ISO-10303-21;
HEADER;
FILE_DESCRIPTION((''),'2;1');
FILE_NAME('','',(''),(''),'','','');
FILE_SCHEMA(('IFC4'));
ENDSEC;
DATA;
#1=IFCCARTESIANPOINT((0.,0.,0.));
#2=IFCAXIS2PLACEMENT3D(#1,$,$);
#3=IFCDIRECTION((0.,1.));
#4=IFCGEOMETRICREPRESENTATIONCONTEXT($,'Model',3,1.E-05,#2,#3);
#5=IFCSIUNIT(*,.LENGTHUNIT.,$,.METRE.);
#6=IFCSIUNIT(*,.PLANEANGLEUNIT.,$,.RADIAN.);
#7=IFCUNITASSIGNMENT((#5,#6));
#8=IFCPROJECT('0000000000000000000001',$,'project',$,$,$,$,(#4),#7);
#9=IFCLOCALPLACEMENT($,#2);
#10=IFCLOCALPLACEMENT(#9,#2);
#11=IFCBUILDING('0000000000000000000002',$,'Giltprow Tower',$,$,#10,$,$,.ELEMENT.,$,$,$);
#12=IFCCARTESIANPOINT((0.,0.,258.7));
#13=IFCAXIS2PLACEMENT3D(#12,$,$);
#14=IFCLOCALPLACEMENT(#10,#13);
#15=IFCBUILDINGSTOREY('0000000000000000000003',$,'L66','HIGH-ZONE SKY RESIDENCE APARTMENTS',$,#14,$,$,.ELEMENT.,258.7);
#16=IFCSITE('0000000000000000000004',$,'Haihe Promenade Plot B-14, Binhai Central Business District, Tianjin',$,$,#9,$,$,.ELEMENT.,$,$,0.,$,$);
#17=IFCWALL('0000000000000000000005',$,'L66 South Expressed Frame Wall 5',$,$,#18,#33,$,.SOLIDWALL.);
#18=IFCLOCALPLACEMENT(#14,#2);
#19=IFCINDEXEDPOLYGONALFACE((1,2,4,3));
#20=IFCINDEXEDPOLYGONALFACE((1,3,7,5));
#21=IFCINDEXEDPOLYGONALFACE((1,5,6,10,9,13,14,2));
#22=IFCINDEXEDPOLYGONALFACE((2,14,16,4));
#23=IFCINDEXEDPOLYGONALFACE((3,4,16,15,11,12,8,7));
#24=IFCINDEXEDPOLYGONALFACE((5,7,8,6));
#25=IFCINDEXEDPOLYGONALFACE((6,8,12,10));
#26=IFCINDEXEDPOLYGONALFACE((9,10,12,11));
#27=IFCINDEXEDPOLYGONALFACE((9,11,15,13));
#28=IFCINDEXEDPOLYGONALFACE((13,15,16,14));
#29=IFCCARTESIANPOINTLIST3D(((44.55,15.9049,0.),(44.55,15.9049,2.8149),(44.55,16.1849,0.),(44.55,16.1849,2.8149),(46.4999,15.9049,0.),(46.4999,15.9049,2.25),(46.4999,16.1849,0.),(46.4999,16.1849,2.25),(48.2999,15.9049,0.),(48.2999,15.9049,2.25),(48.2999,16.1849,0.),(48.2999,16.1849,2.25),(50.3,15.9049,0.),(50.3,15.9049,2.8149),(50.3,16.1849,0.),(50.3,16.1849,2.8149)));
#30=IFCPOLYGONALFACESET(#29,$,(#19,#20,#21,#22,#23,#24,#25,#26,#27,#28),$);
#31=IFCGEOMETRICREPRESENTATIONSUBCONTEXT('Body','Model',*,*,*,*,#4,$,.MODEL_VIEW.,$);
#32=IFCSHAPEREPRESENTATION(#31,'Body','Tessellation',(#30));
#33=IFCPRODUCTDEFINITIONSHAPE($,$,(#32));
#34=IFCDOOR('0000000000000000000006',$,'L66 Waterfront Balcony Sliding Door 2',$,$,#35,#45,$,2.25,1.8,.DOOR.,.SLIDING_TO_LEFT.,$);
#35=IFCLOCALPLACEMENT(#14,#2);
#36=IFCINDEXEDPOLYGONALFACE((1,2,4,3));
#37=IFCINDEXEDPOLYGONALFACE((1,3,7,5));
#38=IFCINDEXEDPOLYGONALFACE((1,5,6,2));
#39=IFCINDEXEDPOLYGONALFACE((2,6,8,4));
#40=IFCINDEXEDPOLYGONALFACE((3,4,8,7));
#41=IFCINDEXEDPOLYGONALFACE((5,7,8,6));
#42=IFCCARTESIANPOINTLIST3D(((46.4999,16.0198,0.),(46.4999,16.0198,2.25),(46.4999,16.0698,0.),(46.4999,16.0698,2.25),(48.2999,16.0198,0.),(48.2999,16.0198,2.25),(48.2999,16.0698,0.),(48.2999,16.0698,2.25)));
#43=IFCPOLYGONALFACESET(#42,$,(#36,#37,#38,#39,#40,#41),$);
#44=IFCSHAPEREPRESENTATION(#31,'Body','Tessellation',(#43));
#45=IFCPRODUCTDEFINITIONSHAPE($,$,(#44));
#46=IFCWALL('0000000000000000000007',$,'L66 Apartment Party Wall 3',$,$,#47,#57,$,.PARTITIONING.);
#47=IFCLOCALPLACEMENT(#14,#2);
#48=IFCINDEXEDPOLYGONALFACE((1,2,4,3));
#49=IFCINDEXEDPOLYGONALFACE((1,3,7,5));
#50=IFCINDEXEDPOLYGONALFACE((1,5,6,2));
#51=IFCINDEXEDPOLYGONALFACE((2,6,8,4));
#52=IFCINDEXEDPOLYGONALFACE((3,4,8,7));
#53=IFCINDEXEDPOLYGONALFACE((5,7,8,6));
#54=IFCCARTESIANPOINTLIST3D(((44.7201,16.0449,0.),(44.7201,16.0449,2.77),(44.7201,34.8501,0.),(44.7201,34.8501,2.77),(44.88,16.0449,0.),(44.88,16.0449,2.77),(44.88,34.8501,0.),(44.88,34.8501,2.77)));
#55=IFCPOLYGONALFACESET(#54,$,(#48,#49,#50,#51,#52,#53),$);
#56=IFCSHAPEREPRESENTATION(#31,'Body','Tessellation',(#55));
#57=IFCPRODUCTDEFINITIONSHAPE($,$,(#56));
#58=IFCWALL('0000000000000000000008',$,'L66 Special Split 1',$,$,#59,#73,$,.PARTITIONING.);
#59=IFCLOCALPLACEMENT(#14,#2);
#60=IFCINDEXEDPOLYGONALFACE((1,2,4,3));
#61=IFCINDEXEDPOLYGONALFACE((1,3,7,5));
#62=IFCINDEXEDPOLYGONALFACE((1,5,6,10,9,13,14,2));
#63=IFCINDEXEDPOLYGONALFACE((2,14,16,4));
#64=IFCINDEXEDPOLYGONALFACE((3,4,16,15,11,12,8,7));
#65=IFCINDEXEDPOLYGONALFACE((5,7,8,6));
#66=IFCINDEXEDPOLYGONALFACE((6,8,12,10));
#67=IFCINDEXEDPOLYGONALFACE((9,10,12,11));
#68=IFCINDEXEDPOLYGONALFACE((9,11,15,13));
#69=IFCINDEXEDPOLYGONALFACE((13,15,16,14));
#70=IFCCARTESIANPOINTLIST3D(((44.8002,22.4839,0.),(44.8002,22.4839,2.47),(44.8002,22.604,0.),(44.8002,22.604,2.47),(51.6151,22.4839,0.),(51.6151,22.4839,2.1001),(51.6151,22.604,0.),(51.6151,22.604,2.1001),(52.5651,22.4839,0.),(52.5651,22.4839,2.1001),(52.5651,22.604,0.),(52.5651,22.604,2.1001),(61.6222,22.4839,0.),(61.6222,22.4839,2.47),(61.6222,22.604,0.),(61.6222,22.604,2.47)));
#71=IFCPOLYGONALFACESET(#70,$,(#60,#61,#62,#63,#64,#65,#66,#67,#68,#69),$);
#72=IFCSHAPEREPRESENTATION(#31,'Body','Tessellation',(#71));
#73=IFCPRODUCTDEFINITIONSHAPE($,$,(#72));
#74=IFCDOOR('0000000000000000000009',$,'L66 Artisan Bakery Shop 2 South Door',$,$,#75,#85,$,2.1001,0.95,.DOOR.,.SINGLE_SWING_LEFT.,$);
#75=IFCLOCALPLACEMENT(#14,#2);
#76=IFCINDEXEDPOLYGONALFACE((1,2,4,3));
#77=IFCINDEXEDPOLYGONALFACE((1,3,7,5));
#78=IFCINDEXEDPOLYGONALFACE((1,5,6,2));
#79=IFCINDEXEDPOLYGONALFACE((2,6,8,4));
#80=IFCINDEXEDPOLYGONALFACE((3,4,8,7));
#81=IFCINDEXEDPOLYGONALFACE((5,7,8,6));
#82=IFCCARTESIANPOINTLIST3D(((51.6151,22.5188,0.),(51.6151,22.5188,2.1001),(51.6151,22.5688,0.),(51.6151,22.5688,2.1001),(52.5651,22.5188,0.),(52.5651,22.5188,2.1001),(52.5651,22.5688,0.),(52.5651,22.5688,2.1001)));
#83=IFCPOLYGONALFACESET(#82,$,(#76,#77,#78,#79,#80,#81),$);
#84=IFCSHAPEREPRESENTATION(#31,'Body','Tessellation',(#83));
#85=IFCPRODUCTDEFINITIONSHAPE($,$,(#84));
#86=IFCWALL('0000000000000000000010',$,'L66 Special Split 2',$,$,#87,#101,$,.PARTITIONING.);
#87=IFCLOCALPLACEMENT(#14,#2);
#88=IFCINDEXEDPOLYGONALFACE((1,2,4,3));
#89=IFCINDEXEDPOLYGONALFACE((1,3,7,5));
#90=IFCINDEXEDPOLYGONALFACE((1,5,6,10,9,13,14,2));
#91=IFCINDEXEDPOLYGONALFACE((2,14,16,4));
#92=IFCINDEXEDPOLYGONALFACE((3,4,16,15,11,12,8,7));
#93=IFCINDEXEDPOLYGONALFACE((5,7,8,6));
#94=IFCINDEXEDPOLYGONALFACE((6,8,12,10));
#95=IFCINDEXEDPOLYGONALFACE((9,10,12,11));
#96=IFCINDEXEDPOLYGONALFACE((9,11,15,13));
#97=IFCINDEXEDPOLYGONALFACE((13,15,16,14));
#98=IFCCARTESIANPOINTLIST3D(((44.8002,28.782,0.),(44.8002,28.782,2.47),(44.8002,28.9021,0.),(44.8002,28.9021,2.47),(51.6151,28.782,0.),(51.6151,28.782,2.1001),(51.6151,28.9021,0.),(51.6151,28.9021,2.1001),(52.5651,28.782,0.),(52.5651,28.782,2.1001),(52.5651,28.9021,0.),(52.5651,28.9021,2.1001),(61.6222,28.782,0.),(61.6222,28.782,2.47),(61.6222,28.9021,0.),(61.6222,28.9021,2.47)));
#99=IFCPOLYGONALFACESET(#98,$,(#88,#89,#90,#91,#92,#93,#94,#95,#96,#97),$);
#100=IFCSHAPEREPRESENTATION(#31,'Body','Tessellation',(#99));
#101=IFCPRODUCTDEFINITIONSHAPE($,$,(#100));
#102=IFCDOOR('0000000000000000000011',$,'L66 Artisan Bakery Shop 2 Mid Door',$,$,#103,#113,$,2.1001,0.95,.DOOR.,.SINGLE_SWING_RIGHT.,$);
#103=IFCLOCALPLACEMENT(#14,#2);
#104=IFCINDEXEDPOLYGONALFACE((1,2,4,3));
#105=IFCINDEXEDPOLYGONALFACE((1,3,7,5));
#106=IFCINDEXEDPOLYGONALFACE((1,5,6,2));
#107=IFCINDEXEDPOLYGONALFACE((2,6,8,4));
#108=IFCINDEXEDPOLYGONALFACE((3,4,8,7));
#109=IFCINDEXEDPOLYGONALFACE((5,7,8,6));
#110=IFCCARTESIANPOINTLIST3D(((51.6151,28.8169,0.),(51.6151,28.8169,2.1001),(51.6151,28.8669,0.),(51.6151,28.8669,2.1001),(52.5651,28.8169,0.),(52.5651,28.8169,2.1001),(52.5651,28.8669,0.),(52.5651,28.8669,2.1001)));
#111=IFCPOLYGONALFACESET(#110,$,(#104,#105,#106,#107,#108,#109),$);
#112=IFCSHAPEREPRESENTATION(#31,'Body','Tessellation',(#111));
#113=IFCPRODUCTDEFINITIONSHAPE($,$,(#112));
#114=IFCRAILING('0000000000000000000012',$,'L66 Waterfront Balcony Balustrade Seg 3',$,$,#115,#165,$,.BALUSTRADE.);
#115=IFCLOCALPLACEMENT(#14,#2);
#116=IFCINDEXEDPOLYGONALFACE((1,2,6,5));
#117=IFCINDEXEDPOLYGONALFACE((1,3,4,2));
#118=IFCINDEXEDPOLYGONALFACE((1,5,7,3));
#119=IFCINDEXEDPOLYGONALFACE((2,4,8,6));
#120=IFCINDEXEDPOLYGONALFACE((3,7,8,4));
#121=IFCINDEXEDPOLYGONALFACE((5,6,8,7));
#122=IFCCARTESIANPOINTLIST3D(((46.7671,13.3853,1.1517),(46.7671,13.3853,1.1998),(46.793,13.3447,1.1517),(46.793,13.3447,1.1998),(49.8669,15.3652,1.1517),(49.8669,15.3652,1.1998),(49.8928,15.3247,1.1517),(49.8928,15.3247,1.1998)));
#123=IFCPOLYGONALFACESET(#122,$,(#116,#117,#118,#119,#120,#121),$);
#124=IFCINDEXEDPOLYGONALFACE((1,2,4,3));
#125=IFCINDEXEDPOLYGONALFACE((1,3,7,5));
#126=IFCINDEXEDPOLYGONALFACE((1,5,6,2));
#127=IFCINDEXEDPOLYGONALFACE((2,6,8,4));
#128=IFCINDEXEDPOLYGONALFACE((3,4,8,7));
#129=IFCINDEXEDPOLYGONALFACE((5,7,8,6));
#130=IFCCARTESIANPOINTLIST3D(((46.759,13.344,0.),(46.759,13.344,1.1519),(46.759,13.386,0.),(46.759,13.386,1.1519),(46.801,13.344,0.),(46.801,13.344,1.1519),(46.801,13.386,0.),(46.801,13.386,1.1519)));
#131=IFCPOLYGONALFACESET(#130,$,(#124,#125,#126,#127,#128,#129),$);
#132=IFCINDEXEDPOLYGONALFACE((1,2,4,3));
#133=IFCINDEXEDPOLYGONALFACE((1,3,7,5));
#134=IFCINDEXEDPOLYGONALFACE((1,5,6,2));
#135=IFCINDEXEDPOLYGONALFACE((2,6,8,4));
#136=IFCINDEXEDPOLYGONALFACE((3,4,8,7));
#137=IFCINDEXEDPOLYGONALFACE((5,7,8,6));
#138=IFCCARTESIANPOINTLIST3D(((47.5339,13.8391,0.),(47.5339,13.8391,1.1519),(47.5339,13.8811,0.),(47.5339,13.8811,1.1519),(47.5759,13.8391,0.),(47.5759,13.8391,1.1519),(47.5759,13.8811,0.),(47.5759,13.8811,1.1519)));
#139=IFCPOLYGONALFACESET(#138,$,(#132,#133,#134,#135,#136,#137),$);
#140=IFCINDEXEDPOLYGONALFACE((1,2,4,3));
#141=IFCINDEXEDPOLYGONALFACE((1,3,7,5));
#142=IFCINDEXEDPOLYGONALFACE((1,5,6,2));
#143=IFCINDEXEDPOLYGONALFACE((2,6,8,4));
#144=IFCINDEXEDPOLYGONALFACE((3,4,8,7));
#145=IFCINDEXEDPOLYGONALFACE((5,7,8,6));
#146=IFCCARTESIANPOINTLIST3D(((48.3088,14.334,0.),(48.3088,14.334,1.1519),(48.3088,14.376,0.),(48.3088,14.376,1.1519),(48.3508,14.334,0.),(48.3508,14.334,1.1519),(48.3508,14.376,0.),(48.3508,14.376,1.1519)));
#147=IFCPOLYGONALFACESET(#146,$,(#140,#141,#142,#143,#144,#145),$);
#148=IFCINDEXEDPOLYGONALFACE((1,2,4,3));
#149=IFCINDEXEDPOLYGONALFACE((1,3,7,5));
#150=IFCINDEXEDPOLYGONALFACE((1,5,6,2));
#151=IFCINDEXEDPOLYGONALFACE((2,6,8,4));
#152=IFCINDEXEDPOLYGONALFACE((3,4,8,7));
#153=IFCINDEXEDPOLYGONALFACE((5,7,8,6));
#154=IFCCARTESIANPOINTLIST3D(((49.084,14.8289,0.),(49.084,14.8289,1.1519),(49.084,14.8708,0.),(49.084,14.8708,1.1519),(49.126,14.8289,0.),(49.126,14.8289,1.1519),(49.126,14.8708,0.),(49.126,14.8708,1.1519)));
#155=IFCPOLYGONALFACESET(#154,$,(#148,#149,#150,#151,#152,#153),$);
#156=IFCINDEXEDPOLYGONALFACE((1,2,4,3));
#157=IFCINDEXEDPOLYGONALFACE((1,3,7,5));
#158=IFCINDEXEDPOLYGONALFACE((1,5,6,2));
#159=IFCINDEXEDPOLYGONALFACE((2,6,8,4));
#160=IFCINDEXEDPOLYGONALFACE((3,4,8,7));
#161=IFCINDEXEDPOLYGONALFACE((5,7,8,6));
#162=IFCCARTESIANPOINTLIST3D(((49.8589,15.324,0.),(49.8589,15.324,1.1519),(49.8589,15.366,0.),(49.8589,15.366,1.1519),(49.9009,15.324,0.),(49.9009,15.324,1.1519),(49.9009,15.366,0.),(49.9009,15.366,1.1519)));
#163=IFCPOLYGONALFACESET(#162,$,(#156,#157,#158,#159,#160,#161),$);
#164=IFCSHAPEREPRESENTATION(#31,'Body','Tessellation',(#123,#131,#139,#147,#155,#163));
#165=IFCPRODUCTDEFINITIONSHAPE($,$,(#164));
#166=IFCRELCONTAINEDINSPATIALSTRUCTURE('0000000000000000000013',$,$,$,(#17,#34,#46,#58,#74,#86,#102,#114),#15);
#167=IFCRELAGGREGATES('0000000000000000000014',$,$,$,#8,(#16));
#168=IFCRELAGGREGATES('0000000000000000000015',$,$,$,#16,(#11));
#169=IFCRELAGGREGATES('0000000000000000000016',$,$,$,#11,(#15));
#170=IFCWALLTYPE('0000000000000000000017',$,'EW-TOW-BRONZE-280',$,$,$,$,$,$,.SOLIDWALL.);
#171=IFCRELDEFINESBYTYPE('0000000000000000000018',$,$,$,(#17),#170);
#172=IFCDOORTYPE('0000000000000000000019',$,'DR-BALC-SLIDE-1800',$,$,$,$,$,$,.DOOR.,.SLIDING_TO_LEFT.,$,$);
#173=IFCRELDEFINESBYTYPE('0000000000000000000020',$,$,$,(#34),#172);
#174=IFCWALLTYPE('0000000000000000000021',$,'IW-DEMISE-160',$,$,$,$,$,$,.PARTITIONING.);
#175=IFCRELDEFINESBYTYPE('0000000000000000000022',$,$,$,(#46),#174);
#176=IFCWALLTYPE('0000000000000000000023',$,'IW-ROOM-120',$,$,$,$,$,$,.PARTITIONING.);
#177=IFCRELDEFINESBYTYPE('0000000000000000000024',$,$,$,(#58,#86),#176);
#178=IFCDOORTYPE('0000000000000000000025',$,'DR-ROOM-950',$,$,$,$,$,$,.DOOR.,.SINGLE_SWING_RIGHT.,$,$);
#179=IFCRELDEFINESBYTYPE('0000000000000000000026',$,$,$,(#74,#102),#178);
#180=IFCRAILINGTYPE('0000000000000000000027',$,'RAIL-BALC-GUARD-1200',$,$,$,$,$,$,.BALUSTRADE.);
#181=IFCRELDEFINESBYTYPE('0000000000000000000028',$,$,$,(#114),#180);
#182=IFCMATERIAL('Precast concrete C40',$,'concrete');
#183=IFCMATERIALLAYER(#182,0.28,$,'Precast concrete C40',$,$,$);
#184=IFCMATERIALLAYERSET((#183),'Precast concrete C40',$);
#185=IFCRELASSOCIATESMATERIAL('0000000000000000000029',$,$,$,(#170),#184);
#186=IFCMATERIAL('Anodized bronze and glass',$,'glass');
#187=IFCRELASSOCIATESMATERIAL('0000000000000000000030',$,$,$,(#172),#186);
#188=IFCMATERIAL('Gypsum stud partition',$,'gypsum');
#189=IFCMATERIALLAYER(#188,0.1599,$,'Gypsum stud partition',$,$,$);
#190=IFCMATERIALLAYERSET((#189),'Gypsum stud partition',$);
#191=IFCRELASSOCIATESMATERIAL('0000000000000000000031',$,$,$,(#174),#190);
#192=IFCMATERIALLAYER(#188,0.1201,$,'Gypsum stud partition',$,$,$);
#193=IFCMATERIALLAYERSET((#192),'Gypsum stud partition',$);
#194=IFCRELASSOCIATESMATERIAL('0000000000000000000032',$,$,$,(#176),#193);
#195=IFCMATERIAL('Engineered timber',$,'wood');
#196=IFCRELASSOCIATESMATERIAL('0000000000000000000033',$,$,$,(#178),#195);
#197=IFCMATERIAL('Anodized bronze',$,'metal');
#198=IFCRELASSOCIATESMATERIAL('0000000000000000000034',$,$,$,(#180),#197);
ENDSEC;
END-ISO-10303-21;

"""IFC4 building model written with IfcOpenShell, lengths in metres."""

from ifc_helpers import new_model, si_unit, direction, frame, frame_2d, origin, origin_2d, place, context, subcontext, project, spatial, rectangle, extrude, source, transform, mapped, material, layer, layer_set, type_object, element, fill, save


model = new_model("IFC4")

# Units and contexts
model_context = context("Model", 3, precision=1e-05, world=origin(), true_north=direction((0.0, 1.0)))
body_context = subcontext(model_context, "Body", "Model", "MODEL_VIEW")
ifc_project = project(units=[si_unit("LENGTHUNIT", "METRE"), si_unit("PLANEANGLEUNIT", "RADIAN")], contexts=[model_context])

# Site, building, storey
site_placement = place(None, origin())
site = spatial("IfcSite", under=ifc_project, at=site_placement, Name="Haihe Promenade Plot B-14, Binhai Central Business District, Tianjin", CompositionType="ELEMENT", RefElevation=0.0)
building_placement = place(site_placement, origin())
building = spatial("IfcBuilding", under=site, at=building_placement, Name="Giltprow Tower", CompositionType="ELEMENT")
storey_placement = place(building_placement, frame((0.0, 0.0, 258.7)))
storey = spatial("IfcBuildingStorey", under=building, at=storey_placement, Name="L66", Description="HIGH-ZONE SKY RESIDENCE APARTMENTS", CompositionType="ELEMENT", Elevation=258.7)

# Shared definitions
ifc_material_1 = material(Name="Anodized bronze", Category="metal")

# Wall, opening, door
ifc_material_2 = material(Name="Precast concrete C40", Category="concrete")
ifc_layer_1 = layer(ifc_material_2, 0.28, Name="Precast concrete C40")
ifc_layer_set_1 = layer_set([ifc_layer_1], Name="Precast concrete C40")
wall_type_1 = type_object("IfcWallType", Name="EW-TOW-BRONZE-280", PredefinedType="SOLIDWALL", material=ifc_layer_set_1)
wall_1_placement = place(storey_placement, frame((44.55, 16.0449, 0.0), z_axis=(0.0, 0.0, 1.0), x_axis=(1.0, 0.0, 0.0)))
wall_1 = element("IfcWall", 1, at=wall_1_placement, inside=storey, type_object=wall_type_1, Name="L66 South Expressed Frame Wall 5", PredefinedType="SOLIDWALL", context=body_context, shape_type="SweptSolid", body=[
    extrude(rectangle(XDim=5.75, YDim=0.28, at=frame_2d((2.875, 0.0))), origin(), (0.0, 0.0, 1.0), 2.8149),
])
opening_1_placement = place(wall_1_placement, frame((1.95, 0.0, 0.0)))
opening_1 = element("IfcOpeningElement", 2, at=opening_1_placement, cuts=wall_1, PredefinedType="OPENING", context=body_context, shape_type="SweptSolid", body=[
    extrude(rectangle(XDim=1.8, YDim=2.25, at=frame_2d((0.8999, 1.125))), frame((0.0, 0.1499, 0.0), z_axis=(0.0, -1.0, 0.0), x_axis=(1.0, 0.0, 0.0)), (0.0, 0.0, 1.0), 0.3),
])
ifc_material_3 = material(Name="Anodized bronze and glass", Category="glass")
door_type_1 = type_object("IfcDoorType", Name="DR-BALC-SLIDE-1800", OperationType="SLIDING_TO_LEFT", PredefinedType="DOOR", material=ifc_material_3)
shared_shape_1 = source(origin(), body_context, "Body", "SweptSolid", [
    extrude(rectangle(XDim=1.8, YDim=2.25, at=frame_2d((0.8999, 1.125))), frame((0.0, 0.0249, 0.0), z_axis=(0.0, -1.0, 0.0), x_axis=(1.0, 0.0, 0.0)), (0.0, 0.0, 1.0), 0.05),
])
door_1_placement = place(opening_1_placement, origin())
door_1 = element("IfcDoor", 3, at=door_1_placement, inside=storey, type_object=door_type_1, Name="L66 Waterfront Balcony Sliding Door 2", OperationType="SLIDING_TO_LEFT", OverallHeight=2.25, OverallWidth=1.8, PredefinedType="DOOR", context=body_context, shape_type="MappedRepresentation", body=[
    mapped(shared_shape_1, transform((0.0, 0.0, 0.0), x_axis=(1.0, 0.0, 0.0), y_axis=(0.0, 1.0, 0.0), z_axis=(0.0, 0.0, 1.0), scale=1.0)),
])
fill(opening_1, door_1)

# Wall
ifc_material_4 = material(Name="Gypsum stud partition", Category="gypsum")
ifc_layer_2 = layer(ifc_material_4, 0.1599, Name="Gypsum stud partition")
ifc_layer_set_2 = layer_set([ifc_layer_2], Name="Gypsum stud partition")
wall_type_2 = type_object("IfcWallType", Name="IW-DEMISE-160", PredefinedType="PARTITIONING", material=ifc_layer_set_2)
wall_2_placement = place(storey_placement, frame((44.8, 16.0449, 0.0), z_axis=(0.0, 0.0, 1.0), x_axis=(0.0, 1.0, 0.0)))
element("IfcWall", 4, at=wall_2_placement, inside=storey, type_object=wall_type_2, Name="L66 Apartment Party Wall 3", PredefinedType="PARTITIONING", context=body_context, shape_type="SweptSolid", body=[
    extrude(rectangle(XDim=18.8052, YDim=0.1599, at=frame_2d((9.4026, 0.0))), origin(), (0.0, 0.0, 1.0), 2.77),
])

# Walls, openings, doors
ifc_layer_3 = layer(ifc_material_4, 0.1201, Name="Gypsum stud partition")
ifc_layer_set_3 = layer_set([ifc_layer_3], Name="Gypsum stud partition")
wall_type_3 = type_object("IfcWallType", Name="IW-ROOM-120", PredefinedType="PARTITIONING", material=ifc_layer_set_3)
wall_3_placement = place(storey_placement, frame((44.8, 22.5439, 0.0), z_axis=(0.0, 0.0, 1.0), x_axis=(1.0, 0.0, 0.0)))
wall_3 = element("IfcWall", 5, at=wall_3_placement, inside=storey, type_object=wall_type_3, Name="L66 Special Split 1", PredefinedType="PARTITIONING", context=body_context, shape_type="SweptSolid", body=[
    extrude(rectangle(XDim=16.822, YDim=0.1201, at=frame_2d((8.4111, 0.0))), origin(), (0.0, 0.0, 1.0), 2.47),
])
opening_2_placement = place(wall_3_placement, frame((6.8149, 0.0, 0.0)))
opening_2 = element("IfcOpeningElement", 6, at=opening_2_placement, cuts=wall_3, PredefinedType="OPENING", context=body_context, shape_type="SweptSolid", body=[
    extrude(rectangle(XDim=0.95, YDim=2.1001, at=frame_2d((0.4751, 1.05))), frame((0.0, 0.0701, 0.0), z_axis=(0.0, -1.0, 0.0), x_axis=(1.0, 0.0, 0.0)), (0.0, 0.0, 1.0), 0.1401),
])
ifc_material_5 = material(Name="Engineered timber", Category="wood")
door_type_2 = type_object("IfcDoorType", Name="DR-ROOM-950", OperationType="SINGLE_SWING_RIGHT", PredefinedType="DOOR", material=ifc_material_5)
shared_shape_2 = source(origin(), body_context, "Body", "SweptSolid", [
    extrude(rectangle(XDim=0.95, YDim=2.1001, at=frame_2d((0.4751, 1.05))), frame((0.0, 0.0249, 0.0), z_axis=(0.0, -1.0, 0.0), x_axis=(1.0, 0.0, 0.0)), (0.0, 0.0, 1.0), 0.05),
])
door_2_placement = place(opening_2_placement, origin())
door_2 = element("IfcDoor", 7, at=door_2_placement, inside=storey, type_object=door_type_2, Name="L66 Artisan Bakery Shop 2 South Door", OperationType="SINGLE_SWING_LEFT", OverallHeight=2.1001, OverallWidth=0.95, PredefinedType="DOOR", context=body_context, shape_type="MappedRepresentation", body=[
    mapped(shared_shape_2, transform((0.0, 0.0, 0.0), x_axis=(1.0, 0.0, 0.0), y_axis=(0.0, 1.0, 0.0), z_axis=(0.0, 0.0, 1.0), scale=1.0)),
])
fill(opening_2, door_2)
wall_4_placement = place(storey_placement, frame((44.8, 28.842, 0.0), z_axis=(0.0, 0.0, 1.0), x_axis=(1.0, 0.0, 0.0)))
wall_4 = element("IfcWall", 8, at=wall_4_placement, inside=storey, type_object=wall_type_3, Name="L66 Special Split 2", PredefinedType="PARTITIONING", context=body_context, shape_type="SweptSolid", body=[
    extrude(rectangle(XDim=16.822, YDim=0.1201, at=frame_2d((8.4111, 0.0))), origin(), (0.0, 0.0, 1.0), 2.47),
])
opening_3_placement = place(wall_4_placement, frame((6.8149, 0.0, 0.0)))
opening_3 = element("IfcOpeningElement", 9, at=opening_3_placement, cuts=wall_4, PredefinedType="OPENING", context=body_context, shape_type="SweptSolid", body=[
    extrude(rectangle(XDim=0.95, YDim=2.1001, at=frame_2d((0.4751, 1.05))), frame((0.0, 0.0701, 0.0), z_axis=(0.0, -1.0, 0.0), x_axis=(1.0, 0.0, 0.0)), (0.0, 0.0, 1.0), 0.1401),
])
door_3_placement = place(opening_3_placement, origin())
door_3 = element("IfcDoor", 10, at=door_3_placement, inside=storey, type_object=door_type_2, Name="L66 Artisan Bakery Shop 2 Mid Door", OperationType="SINGLE_SWING_RIGHT", OverallHeight=2.1001, OverallWidth=0.95, PredefinedType="DOOR", context=body_context, shape_type="MappedRepresentation", body=[
    mapped(shared_shape_2, transform((0.0, 0.0, 0.0), x_axis=(1.0, 0.0, 0.0), y_axis=(0.0, 1.0, 0.0), z_axis=(0.0, 0.0, 1.0), scale=1.0)),
])
fill(opening_3, door_3)

# Railing
railing_type = type_object("IfcRailingType", Name="RAIL-BALC-GUARD-1200", PredefinedType="BALUSTRADE", material=ifc_material_1)
railing_1_placement = place(storey_placement, frame((46.78, 13.365, 0.0)))
element("IfcRailing", 11, at=railing_1_placement, inside=storey, type_object=railing_type, Name="L66 Waterfront Balcony Balustrade Seg 3", PredefinedType="BALUSTRADE", context=body_context, shape_type="SweptSolid", body=[
    extrude(rectangle(XDim=0.0481, YDim=0.0481, at=origin_2d()), frame((0.0, 0.0, 1.1758), z_axis=(0.842756, 0.538296, 0.0), x_axis=(-0.538296, 0.842756, 0.0)), (0.0, 0.0, 1.0), 3.6782),
    extrude(rectangle(XDim=0.042, YDim=0.042, at=origin_2d()), origin(), (0.0, 0.0, 1.0), 1.1519),
    extrude(rectangle(XDim=0.042, YDim=0.042, at=origin_2d()), frame((0.7749, 0.4951, 0.0)), (0.0, 0.0, 1.0), 1.1519),
    extrude(rectangle(XDim=0.042, YDim=0.042, at=origin_2d()), frame((1.5498, 0.99, 0.0)), (0.0, 0.0, 1.0), 1.1519),
    extrude(rectangle(XDim=0.042, YDim=0.042, at=origin_2d()), frame((2.325, 1.4849, 0.0)), (0.0, 0.0, 1.0), 1.1519),
    extrude(rectangle(XDim=0.042, YDim=0.042, at=origin_2d()), frame((3.0999, 1.98, 0.0)), (0.0, 0.0, 1.0), 1.1519),
])

save(model, "model.ifc")
